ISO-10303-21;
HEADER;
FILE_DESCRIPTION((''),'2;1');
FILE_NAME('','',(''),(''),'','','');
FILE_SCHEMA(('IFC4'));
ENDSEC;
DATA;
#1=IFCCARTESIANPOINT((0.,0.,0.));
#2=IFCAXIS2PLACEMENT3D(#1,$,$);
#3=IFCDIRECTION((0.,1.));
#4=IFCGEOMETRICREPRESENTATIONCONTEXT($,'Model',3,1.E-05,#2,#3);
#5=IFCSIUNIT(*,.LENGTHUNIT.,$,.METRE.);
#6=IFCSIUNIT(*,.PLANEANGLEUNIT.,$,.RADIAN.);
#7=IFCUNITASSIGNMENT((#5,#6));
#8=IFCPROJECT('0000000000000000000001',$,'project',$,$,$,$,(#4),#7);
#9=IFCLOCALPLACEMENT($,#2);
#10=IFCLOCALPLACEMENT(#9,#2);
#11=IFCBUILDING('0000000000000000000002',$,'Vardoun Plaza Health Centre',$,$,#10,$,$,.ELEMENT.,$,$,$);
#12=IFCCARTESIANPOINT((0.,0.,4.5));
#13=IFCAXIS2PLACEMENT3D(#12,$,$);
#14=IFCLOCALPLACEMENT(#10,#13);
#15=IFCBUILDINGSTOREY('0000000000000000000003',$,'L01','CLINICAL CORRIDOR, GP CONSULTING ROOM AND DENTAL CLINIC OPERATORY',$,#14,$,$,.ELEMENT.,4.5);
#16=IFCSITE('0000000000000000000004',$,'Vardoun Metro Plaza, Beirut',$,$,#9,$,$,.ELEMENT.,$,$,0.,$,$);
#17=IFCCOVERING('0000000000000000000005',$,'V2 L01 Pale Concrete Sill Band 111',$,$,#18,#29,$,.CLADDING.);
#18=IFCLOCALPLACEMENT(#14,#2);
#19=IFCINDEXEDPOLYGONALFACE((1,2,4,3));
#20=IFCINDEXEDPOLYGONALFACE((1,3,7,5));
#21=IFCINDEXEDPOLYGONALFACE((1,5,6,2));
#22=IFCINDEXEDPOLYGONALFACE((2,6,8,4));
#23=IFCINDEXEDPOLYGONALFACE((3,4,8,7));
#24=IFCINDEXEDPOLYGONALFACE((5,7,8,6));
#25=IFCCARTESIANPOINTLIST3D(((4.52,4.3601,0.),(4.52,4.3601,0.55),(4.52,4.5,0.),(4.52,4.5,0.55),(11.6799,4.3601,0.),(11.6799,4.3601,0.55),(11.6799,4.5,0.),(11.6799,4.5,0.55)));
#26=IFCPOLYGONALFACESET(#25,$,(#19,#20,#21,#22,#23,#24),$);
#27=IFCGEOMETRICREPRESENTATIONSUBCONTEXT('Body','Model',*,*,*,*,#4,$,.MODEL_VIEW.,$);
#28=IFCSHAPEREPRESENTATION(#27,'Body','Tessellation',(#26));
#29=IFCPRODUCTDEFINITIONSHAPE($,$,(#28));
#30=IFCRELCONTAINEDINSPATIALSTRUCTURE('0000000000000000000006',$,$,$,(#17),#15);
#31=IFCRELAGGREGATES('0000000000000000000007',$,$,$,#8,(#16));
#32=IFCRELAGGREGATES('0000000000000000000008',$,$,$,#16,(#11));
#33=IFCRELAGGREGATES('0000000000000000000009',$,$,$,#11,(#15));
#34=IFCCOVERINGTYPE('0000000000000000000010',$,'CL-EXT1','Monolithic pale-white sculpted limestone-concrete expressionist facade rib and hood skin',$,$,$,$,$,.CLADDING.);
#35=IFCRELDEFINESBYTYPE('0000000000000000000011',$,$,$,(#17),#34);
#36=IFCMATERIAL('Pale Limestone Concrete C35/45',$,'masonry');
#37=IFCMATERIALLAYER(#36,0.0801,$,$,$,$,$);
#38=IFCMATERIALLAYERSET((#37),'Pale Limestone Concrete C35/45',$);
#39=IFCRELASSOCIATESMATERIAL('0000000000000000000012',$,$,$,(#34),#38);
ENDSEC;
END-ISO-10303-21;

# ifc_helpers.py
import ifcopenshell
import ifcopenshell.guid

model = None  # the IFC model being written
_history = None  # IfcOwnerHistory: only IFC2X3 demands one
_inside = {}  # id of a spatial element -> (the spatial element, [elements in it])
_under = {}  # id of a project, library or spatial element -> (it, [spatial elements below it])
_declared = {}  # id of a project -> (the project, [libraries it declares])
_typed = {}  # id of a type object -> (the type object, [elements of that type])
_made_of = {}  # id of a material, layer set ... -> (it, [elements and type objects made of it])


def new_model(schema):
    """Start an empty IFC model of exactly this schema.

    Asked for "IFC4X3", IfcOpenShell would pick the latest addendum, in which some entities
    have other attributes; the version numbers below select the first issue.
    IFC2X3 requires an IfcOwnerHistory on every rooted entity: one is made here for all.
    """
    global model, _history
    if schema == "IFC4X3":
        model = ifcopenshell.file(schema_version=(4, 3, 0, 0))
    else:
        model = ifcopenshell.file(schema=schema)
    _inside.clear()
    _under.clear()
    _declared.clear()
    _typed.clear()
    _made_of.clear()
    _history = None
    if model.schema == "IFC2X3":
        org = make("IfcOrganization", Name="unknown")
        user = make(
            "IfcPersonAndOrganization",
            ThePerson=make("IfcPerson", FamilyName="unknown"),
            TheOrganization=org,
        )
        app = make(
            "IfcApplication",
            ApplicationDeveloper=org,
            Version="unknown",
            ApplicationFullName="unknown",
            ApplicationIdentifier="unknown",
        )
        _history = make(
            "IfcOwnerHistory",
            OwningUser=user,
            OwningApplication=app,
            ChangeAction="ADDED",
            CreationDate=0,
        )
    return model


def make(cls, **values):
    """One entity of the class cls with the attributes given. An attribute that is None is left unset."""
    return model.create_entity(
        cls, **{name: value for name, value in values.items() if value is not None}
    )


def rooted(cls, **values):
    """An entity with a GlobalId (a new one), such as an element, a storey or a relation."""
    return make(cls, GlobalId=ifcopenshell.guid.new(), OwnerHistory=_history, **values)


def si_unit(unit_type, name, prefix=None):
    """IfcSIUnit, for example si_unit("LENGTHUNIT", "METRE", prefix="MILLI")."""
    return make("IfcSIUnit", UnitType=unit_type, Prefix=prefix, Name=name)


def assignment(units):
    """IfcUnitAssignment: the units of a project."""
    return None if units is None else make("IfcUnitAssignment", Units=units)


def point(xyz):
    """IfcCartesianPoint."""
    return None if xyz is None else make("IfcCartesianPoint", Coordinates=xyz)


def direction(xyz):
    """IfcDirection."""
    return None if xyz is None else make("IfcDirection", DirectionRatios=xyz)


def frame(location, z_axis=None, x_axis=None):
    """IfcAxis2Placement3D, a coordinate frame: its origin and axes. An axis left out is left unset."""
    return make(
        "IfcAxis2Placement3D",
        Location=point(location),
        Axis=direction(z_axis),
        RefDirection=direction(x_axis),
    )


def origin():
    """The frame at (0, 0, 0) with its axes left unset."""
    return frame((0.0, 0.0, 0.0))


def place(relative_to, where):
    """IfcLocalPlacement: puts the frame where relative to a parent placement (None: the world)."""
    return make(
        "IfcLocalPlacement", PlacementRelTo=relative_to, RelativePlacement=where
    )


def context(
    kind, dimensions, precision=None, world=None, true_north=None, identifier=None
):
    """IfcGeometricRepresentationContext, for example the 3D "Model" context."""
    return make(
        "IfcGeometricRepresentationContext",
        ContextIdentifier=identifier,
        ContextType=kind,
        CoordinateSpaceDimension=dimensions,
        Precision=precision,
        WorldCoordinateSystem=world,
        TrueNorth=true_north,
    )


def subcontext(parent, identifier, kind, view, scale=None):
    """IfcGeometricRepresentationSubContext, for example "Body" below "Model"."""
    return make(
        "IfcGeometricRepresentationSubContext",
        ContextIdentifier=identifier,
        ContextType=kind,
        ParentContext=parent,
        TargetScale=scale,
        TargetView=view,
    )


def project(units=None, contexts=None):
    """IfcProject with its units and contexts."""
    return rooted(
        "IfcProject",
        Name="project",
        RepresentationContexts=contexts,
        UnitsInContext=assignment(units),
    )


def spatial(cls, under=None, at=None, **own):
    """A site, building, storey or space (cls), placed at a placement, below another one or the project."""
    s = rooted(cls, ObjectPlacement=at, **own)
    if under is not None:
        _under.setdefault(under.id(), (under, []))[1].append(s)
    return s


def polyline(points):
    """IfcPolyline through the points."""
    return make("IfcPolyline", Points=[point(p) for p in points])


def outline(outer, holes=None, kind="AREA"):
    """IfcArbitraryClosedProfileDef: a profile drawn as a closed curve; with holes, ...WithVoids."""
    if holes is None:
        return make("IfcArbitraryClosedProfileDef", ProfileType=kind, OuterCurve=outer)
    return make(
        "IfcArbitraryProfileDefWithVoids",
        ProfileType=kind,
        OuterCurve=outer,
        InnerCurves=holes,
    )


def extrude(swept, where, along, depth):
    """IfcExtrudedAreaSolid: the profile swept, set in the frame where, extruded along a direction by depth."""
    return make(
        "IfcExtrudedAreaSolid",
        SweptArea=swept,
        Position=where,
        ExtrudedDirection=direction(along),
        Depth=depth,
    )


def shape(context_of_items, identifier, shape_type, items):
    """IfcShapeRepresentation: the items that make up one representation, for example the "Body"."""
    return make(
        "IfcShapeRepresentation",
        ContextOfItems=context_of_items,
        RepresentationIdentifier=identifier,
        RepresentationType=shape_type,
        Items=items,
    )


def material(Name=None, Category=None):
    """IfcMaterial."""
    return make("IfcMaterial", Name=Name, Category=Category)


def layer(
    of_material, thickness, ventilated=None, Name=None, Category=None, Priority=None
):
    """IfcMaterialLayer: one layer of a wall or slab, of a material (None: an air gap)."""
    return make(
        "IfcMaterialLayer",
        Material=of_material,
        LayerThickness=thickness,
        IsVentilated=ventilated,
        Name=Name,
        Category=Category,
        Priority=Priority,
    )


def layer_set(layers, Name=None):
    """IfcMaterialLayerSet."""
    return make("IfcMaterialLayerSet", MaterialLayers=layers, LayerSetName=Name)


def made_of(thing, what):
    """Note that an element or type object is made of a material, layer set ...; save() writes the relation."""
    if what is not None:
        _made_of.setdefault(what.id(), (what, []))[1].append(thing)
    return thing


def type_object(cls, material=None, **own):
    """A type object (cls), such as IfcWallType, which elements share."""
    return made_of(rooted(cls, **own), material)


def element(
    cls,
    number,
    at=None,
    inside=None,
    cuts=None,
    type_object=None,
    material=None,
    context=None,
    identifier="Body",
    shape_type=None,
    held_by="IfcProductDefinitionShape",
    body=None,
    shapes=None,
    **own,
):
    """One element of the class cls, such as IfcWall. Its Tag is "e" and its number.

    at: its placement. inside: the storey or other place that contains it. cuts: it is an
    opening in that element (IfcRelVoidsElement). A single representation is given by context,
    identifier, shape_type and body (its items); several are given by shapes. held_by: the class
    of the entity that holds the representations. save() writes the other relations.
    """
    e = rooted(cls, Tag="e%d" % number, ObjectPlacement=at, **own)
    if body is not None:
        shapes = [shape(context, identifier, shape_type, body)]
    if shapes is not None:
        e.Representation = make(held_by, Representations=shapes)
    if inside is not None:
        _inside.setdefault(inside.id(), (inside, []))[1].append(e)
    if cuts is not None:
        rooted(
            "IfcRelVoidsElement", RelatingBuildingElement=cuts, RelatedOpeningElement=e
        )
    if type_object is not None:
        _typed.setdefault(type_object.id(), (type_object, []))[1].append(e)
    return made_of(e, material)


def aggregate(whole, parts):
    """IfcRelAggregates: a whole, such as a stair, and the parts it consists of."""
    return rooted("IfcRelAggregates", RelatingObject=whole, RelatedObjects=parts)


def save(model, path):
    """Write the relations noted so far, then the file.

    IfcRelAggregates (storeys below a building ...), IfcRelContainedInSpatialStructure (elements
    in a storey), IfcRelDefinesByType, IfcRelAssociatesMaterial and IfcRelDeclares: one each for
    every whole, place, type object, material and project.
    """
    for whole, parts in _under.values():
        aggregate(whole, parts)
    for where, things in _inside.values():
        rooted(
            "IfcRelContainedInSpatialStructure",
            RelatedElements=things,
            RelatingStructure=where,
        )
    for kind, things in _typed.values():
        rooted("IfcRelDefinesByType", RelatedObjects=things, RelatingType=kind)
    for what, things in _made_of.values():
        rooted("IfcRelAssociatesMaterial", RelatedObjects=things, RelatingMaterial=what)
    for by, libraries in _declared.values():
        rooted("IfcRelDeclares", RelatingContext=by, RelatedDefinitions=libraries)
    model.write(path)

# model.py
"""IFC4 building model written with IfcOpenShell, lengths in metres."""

from ifc_helpers import new_model, si_unit, direction, frame, origin, place, context, subcontext, project, spatial, polyline, outline, extrude, material, layer, layer_set, type_object, element, save


model = new_model("IFC4")

# Units and contexts
model_context = context("Model", 3, precision=1e-05, world=origin(), true_north=direction((0.0, 1.0)))
body_context = subcontext(model_context, "Body", "Model", "MODEL_VIEW")
ifc_project = project(units=[si_unit("LENGTHUNIT", "METRE"), si_unit("PLANEANGLEUNIT", "RADIAN")], contexts=[model_context])

# Site, building, storey
site_placement = place(None, origin())
site = spatial("IfcSite", under=ifc_project, at=site_placement, Name="Vardoun Metro Plaza, Beirut", CompositionType="ELEMENT", RefElevation=0.0)
building_placement = place(site_placement, origin())
building = spatial("IfcBuilding", under=site, at=building_placement, Name="Vardoun Plaza Health Centre", CompositionType="ELEMENT")
storey_placement = place(building_placement, frame((0.0, 0.0, 4.5)))
storey = spatial("IfcBuildingStorey", under=building, at=storey_placement, Name="L01", Description="CLINICAL CORRIDOR, GP CONSULTING ROOM AND DENTAL CLINIC OPERATORY", CompositionType="ELEMENT", Elevation=4.5)

# Covering
ifc_material_1 = material(Name="Pale Limestone Concrete C35/45", Category="masonry")
ifc_layer_1 = layer(ifc_material_1, 0.0801)
ifc_layer_set_1 = layer_set([ifc_layer_1], Name="Pale Limestone Concrete C35/45")
covering_type = type_object("IfcCoveringType", Name="CL-EXT1", Description="Monolithic pale-white sculpted limestone-concrete expressionist facade rib and hood skin", PredefinedType="CLADDING", material=ifc_layer_set_1)
covering_1_placement = place(storey_placement, origin())
element("IfcCovering", 1, at=covering_1_placement, inside=storey, type_object=covering_type, Name="V2 L01 Pale Concrete Sill Band 111", PredefinedType="CLADDING", context=body_context, shape_type="SweptSolid", body=[
    extrude(outline(polyline([(11.6799, 4.5), (4.52, 4.5), (4.52, 4.3601), (11.6799, 4.3601), (11.6799, 4.5)])), origin(), (0.0, 0.0, 1.0), 0.55),
])

save(model, "model.ifc")
